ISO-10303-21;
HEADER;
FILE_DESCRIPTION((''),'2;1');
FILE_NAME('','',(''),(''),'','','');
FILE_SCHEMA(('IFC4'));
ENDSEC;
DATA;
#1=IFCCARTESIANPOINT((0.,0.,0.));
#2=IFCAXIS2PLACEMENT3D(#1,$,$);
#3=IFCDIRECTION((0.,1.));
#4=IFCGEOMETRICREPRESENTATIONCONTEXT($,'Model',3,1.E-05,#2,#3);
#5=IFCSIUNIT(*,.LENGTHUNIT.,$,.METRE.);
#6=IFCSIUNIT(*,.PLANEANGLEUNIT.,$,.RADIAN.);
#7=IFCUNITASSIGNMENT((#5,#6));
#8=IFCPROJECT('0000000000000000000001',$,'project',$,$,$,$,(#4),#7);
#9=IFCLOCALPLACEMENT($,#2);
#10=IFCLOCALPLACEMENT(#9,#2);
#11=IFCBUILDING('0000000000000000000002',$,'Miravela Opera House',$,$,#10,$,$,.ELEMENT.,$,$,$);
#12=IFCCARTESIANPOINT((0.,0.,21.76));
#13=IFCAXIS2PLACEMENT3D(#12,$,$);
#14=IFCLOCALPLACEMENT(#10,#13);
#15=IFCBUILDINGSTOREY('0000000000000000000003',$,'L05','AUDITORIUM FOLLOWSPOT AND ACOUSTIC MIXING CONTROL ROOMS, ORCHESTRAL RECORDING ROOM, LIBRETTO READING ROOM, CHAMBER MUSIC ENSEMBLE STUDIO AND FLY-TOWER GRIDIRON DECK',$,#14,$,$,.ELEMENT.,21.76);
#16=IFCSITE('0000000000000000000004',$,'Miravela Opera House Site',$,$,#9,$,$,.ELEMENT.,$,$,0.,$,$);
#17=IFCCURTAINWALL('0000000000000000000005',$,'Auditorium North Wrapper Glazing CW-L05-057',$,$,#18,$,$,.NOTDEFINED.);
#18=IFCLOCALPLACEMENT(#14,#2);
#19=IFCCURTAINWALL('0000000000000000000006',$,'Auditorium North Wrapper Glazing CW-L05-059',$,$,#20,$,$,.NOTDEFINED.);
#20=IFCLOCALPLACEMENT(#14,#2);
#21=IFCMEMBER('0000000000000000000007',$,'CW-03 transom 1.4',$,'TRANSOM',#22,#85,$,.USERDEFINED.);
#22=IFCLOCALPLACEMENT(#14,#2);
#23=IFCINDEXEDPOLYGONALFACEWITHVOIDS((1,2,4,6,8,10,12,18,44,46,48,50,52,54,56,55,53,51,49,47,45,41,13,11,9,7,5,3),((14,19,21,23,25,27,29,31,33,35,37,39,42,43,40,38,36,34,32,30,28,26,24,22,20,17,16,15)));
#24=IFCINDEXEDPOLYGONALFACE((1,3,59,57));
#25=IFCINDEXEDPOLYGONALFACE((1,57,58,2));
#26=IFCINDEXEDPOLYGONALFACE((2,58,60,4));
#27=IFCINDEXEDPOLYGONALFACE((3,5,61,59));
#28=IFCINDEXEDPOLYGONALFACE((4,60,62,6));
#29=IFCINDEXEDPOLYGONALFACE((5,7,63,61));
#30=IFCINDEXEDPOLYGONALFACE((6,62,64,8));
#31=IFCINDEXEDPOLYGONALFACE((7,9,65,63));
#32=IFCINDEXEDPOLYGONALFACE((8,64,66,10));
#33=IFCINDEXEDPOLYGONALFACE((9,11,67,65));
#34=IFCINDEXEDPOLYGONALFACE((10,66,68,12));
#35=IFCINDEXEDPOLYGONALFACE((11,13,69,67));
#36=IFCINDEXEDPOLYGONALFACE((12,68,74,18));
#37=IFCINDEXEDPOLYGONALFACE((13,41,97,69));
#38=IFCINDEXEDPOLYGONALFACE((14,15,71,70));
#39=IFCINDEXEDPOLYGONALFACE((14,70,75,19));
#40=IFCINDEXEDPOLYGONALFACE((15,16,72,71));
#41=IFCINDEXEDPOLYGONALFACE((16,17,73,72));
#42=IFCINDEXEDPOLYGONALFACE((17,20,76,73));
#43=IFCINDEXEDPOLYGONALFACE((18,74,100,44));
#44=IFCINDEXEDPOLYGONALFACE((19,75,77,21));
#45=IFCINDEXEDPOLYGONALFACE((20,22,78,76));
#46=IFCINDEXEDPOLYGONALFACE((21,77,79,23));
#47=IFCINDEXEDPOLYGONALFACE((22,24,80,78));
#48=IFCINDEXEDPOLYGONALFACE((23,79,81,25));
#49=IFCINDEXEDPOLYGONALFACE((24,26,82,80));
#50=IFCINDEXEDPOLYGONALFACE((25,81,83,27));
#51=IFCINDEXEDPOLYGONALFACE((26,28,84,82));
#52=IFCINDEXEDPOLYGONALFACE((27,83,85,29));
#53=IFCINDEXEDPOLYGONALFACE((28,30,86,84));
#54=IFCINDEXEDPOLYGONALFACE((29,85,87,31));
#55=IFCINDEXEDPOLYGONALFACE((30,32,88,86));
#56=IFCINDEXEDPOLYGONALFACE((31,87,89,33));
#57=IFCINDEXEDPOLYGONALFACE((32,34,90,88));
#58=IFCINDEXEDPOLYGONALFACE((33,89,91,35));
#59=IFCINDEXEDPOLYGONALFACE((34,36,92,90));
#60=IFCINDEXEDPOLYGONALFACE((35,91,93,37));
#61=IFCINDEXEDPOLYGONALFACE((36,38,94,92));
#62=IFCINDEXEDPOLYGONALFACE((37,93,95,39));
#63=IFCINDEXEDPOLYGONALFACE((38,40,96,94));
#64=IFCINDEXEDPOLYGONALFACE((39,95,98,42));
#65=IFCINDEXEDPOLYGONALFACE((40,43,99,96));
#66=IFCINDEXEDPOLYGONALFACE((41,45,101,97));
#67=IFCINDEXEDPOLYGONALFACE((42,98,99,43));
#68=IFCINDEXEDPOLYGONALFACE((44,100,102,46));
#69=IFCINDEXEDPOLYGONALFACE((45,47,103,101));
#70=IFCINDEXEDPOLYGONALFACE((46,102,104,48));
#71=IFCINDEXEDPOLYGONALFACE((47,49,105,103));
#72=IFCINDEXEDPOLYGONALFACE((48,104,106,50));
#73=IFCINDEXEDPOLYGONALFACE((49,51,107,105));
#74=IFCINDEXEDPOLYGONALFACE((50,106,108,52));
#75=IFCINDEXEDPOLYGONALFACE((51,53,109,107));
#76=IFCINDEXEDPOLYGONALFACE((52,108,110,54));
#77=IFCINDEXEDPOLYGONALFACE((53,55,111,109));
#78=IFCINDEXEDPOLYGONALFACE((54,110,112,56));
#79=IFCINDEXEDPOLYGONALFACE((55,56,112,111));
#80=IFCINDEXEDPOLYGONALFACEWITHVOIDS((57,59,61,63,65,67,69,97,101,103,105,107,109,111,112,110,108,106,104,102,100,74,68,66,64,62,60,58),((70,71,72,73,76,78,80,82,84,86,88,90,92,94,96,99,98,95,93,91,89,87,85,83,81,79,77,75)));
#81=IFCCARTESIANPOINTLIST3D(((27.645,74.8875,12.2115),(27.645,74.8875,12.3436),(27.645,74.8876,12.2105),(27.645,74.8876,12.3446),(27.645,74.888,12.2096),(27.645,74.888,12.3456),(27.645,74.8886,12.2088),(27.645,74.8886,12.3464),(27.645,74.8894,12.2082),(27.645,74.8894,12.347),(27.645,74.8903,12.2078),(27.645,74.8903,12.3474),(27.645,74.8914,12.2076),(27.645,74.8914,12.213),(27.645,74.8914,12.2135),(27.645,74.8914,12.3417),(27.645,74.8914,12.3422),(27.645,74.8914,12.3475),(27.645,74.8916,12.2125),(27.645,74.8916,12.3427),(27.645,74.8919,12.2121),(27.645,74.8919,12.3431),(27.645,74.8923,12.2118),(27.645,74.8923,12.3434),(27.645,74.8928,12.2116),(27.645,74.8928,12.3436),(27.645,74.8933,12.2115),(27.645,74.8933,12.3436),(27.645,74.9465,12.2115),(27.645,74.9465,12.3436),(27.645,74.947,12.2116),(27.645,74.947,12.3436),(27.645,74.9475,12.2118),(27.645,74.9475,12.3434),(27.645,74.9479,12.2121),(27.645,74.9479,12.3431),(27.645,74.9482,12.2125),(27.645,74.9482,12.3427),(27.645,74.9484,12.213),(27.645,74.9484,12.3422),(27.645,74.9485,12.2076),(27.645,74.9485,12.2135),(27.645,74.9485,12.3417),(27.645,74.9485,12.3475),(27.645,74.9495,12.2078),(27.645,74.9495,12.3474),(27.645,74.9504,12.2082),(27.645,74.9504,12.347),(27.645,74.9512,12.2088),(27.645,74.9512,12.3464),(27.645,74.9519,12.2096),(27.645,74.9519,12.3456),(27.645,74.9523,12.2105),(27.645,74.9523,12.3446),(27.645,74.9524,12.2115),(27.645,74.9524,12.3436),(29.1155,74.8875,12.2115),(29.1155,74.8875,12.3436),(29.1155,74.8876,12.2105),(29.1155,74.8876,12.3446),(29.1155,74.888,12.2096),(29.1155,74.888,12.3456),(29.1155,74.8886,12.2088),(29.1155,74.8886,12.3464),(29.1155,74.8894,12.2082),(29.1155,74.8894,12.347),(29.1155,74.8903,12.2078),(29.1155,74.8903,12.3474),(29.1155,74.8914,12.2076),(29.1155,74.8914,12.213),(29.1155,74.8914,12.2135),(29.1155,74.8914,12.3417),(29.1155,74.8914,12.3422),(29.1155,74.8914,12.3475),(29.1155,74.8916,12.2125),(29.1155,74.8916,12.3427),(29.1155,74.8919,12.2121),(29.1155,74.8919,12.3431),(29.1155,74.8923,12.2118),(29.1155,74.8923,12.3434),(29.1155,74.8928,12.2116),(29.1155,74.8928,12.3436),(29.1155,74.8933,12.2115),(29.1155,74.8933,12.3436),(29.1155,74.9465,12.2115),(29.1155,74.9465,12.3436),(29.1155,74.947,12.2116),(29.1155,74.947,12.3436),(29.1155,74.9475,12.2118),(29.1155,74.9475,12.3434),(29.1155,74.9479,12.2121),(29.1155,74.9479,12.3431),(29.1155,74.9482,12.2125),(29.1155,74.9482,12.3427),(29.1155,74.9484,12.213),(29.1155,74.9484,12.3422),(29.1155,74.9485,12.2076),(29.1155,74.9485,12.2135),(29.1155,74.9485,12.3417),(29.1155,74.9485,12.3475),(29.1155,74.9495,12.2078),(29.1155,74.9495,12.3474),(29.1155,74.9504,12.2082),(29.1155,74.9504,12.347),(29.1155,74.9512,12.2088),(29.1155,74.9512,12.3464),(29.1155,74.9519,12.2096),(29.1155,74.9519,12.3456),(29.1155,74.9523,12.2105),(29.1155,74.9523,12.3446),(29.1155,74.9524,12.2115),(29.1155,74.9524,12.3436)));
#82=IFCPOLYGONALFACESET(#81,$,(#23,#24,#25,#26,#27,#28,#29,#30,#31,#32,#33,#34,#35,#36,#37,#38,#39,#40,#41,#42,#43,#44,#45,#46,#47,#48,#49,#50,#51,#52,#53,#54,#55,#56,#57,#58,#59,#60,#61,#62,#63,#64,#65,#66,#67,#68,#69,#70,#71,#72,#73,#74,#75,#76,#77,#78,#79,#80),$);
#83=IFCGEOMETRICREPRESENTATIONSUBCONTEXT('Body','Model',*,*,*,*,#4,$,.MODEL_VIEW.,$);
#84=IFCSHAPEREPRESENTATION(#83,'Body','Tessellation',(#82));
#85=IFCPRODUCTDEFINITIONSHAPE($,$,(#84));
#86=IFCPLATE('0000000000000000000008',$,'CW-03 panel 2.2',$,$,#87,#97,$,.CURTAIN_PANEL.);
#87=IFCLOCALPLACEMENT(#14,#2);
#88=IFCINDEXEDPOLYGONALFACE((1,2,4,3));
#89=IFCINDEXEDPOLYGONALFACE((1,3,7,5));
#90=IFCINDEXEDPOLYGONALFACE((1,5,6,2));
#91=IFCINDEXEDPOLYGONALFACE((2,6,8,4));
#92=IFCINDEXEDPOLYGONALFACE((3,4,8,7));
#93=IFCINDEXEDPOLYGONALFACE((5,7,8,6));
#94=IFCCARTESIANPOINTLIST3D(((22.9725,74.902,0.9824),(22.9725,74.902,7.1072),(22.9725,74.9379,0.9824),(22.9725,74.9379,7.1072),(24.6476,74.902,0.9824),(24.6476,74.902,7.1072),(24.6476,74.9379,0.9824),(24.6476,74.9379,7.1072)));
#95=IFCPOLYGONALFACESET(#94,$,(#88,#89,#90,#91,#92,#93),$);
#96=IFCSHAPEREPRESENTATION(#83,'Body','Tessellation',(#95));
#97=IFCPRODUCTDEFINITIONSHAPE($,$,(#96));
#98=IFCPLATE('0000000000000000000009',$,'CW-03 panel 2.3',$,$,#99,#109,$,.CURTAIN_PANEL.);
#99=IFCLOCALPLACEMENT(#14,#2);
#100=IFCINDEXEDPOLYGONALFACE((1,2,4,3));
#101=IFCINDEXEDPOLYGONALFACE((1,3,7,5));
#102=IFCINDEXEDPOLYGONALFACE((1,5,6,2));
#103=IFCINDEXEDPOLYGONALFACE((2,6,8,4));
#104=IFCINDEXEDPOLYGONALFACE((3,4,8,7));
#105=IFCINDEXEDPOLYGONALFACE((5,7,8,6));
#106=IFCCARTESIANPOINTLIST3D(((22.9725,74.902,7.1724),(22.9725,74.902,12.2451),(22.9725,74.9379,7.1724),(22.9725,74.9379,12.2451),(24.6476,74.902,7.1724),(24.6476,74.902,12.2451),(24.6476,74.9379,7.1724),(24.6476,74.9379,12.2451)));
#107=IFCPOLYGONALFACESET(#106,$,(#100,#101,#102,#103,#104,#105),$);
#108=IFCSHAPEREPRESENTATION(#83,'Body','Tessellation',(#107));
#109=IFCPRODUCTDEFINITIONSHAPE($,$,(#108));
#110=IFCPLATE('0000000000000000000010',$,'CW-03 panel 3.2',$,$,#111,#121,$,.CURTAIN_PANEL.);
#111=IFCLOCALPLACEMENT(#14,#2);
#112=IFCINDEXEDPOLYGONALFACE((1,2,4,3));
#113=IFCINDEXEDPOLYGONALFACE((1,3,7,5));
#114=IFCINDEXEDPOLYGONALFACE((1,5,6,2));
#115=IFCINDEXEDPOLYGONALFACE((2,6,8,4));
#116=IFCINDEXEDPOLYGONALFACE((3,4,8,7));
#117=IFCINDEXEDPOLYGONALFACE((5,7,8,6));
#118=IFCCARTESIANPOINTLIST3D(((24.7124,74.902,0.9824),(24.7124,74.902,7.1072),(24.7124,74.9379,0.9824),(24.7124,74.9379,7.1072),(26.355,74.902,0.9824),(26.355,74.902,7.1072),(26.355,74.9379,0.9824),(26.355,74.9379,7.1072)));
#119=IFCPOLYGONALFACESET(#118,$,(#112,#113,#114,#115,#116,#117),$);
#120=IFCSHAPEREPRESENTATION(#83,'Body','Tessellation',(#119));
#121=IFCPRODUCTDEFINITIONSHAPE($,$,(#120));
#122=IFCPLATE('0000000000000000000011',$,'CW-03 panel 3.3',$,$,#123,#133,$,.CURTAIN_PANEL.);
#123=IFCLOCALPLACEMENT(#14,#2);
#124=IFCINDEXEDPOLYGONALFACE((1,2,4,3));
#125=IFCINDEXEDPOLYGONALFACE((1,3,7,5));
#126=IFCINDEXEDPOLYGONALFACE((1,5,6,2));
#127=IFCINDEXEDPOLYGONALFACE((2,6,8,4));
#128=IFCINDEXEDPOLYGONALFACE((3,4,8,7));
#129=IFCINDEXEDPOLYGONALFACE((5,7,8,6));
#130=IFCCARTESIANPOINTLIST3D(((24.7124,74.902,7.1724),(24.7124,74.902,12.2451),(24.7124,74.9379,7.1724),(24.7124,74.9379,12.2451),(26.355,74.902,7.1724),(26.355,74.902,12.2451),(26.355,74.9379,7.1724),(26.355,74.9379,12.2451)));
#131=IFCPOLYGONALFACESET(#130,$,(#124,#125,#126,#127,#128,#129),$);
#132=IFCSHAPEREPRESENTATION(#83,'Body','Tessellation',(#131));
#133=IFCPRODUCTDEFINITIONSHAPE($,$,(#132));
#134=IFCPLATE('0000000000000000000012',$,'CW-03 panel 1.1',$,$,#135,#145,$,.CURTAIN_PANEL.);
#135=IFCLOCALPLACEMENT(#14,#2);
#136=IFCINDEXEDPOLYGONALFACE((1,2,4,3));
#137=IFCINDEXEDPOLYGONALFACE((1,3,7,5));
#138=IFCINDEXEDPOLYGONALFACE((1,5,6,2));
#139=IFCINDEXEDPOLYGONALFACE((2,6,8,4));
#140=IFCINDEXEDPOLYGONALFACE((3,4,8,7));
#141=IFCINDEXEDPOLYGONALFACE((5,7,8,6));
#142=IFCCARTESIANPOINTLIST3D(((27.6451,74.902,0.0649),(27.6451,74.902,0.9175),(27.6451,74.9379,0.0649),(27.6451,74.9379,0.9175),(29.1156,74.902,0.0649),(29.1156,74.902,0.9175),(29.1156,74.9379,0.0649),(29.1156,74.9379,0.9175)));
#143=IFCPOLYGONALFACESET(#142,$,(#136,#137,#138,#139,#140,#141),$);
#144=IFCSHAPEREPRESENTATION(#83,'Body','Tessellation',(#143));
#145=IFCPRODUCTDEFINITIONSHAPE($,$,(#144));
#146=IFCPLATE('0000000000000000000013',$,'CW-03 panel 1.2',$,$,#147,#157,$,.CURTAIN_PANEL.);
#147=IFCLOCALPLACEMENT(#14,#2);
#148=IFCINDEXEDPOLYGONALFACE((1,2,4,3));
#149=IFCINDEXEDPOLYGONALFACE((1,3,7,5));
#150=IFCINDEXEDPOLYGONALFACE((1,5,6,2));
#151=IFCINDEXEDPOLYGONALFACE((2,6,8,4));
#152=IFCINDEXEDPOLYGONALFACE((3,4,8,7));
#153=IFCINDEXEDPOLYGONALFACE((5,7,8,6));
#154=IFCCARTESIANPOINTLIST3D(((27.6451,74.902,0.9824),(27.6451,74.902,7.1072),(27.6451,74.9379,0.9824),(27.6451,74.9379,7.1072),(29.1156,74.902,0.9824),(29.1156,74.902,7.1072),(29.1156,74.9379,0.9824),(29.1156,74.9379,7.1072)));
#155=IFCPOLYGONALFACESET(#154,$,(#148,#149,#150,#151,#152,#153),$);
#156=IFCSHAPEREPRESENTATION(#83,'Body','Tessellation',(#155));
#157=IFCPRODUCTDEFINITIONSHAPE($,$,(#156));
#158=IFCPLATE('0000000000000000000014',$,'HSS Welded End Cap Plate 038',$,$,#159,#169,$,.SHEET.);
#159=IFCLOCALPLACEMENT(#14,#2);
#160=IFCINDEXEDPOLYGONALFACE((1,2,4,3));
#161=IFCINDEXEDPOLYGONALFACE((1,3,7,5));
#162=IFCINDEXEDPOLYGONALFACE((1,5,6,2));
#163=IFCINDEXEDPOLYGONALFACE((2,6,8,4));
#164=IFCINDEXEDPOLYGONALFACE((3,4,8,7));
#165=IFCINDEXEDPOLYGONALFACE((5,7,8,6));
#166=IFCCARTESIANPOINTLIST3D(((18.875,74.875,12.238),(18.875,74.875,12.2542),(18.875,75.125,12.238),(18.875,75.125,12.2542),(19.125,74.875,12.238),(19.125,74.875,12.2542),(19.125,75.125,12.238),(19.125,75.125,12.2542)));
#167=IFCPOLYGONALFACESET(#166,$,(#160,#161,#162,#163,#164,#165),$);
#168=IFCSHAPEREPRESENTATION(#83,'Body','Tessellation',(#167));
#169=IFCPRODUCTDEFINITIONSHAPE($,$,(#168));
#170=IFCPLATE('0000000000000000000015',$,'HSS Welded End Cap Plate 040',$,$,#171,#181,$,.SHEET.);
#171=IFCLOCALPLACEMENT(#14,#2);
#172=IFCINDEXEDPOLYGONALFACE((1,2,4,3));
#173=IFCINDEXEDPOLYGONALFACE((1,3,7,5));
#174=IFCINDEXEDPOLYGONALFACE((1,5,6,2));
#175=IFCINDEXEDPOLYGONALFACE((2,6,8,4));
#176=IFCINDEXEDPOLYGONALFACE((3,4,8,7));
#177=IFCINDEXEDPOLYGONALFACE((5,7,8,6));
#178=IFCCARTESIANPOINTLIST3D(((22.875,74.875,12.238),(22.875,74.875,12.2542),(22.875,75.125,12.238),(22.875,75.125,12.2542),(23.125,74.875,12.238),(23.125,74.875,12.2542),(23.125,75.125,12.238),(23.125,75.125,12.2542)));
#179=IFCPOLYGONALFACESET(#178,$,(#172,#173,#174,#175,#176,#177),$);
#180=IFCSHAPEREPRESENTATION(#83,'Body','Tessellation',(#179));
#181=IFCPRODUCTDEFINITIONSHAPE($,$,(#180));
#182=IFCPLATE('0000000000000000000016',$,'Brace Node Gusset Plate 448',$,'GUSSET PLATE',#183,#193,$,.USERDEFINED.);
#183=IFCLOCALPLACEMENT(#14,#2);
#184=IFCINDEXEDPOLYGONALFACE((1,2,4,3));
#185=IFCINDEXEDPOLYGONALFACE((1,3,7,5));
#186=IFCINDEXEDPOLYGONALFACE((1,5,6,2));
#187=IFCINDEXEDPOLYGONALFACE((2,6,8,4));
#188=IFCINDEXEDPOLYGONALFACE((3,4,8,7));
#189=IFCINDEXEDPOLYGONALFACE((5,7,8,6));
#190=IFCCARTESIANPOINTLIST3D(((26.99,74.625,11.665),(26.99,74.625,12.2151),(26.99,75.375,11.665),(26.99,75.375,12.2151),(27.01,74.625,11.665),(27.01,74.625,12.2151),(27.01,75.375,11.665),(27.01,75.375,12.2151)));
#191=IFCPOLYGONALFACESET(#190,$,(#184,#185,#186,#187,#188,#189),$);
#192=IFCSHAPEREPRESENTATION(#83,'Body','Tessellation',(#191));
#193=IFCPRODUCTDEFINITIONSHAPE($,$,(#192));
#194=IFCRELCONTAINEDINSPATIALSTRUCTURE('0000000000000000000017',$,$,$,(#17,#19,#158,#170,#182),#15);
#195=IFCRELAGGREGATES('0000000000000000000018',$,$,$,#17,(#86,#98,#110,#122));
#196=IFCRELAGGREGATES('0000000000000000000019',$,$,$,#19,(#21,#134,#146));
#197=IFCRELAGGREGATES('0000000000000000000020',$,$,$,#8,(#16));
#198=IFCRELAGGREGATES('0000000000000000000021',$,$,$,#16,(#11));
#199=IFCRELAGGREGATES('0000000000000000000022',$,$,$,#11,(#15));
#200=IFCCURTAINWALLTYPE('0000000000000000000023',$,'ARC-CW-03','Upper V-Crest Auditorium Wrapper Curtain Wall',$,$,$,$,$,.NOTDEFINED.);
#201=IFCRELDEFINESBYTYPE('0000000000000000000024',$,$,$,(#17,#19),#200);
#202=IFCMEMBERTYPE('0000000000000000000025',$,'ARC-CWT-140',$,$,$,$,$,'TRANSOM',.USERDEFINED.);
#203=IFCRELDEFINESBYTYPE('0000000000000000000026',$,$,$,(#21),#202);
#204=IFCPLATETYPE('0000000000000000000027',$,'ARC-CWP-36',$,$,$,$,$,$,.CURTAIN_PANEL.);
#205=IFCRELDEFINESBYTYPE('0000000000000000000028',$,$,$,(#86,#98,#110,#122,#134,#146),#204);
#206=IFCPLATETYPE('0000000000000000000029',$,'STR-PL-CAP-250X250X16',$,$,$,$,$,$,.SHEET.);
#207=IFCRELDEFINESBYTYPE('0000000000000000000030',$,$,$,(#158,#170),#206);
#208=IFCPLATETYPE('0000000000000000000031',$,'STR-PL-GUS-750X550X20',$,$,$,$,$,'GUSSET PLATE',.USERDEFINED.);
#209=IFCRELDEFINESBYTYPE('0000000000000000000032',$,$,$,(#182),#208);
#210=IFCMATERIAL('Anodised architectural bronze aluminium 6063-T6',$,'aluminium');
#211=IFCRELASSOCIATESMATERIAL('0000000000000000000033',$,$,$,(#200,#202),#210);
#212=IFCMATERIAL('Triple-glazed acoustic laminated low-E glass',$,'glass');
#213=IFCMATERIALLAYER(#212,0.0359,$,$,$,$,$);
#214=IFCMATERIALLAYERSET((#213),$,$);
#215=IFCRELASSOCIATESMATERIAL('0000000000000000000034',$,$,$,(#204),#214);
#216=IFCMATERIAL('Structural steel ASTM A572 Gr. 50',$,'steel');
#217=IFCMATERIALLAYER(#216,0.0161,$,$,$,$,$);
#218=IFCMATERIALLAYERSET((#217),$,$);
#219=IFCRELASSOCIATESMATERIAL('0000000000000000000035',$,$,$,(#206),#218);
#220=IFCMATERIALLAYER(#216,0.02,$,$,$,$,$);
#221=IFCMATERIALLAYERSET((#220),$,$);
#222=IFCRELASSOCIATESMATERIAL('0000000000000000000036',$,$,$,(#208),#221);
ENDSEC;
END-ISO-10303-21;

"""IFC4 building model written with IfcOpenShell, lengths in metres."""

from ifc_helpers import new_model, si_unit, direction, frame, origin, origin_2d, place, context, subcontext, project, spatial, rectangle, hollow_rectangle, extrude, material, layer, layer_set, material_profile, profile_set, type_object, element, aggregate, save


model = new_model("IFC4")

# Units and contexts
model_context = context("Model", 3, precision=1e-05, world=origin(), true_north=direction((0.0, 1.0)))
body_context = subcontext(model_context, "Body", "Model", "MODEL_VIEW")
ifc_project = project(units=[si_unit("LENGTHUNIT", "METRE"), si_unit("PLANEANGLEUNIT", "RADIAN")], contexts=[model_context])

# Site, building, storey
site_placement = place(None, origin())
site = spatial("IfcSite", under=ifc_project, at=site_placement, Name="Miravela Opera House Site", CompositionType="ELEMENT", RefElevation=0.0)
building_placement = place(site_placement, origin())
building = spatial("IfcBuilding", under=site, at=building_placement, Name="Miravela Opera House", CompositionType="ELEMENT")
storey_placement = place(building_placement, frame((0.0, 0.0, 21.76)))
storey = spatial("IfcBuildingStorey", under=building, at=storey_placement, Name="L05", Description="AUDITORIUM FOLLOWSPOT AND ACOUSTIC MIXING CONTROL ROOMS, ORCHESTRAL RECORDING ROOM, LIBRETTO READING ROOM, CHAMBER MUSIC ENSEMBLE STUDIO AND FLY-TOWER GRIDIRON DECK", CompositionType="ELEMENT", Elevation=21.76)

# Curtain walls, member
ifc_material_1 = material(Name="Anodised architectural bronze aluminium 6063-T6", Category="aluminium")
curtain_wall_type = type_object("IfcCurtainWallType", Name="ARC-CW-03", Description="Upper V-Crest Auditorium Wrapper Curtain Wall", PredefinedType="NOTDEFINED", material=ifc_material_1)
curtain_wall_1_placement = place(storey_placement, origin())
curtain_wall_1 = element("IfcCurtainWall", 1, at=curtain_wall_1_placement, inside=storey, type_object=curtain_wall_type, Name="Auditorium North Wrapper Glazing CW-L05-057", PredefinedType="NOTDEFINED")
ifc_material_profile = material_profile(ifc_material_1, hollow_rectangle(XDim=0.0649, YDim=0.1399, WallThickness=0.0039, InnerFilletRadius=0.002, OuterFilletRadius=0.0039, at=origin_2d()), Name="CWT-65X140")
ifc_profile_set = profile_set([ifc_material_profile])
member_type = type_object("IfcMemberType", Name="ARC-CWT-140", ElementType="TRANSOM", PredefinedType="USERDEFINED", material=ifc_profile_set)
curtain_wall_2_placement = place(storey_placement, origin())
curtain_wall_2 = element("IfcCurtainWall", 2, at=curtain_wall_2_placement, inside=storey, type_object=curtain_wall_type, Name="Auditorium North Wrapper Glazing CW-L05-059", PredefinedType="NOTDEFINED")
member_1_placement = place(storey_placement, frame((27.645, 74.9199, 12.2776), z_axis=(1.0, 0.0, 0.0), x_axis=(0.0, 1.0, 0.0)))
member_1 = element("IfcMember", 3, at=member_1_placement, type_object=member_type, Name="CW-03 transom 1.4", ObjectType="TRANSOM", PredefinedType="USERDEFINED", context=body_context, shape_type="SweptSolid", body=[
    extrude(hollow_rectangle(XDim=0.0649, YDim=0.1399, WallThickness=0.0039, InnerFilletRadius=0.002, OuterFilletRadius=0.0039, at=origin_2d()), origin(), (0.0, 0.0, 1.0), 1.4705),
])

# Plates
ifc_material_2 = material(Name="Triple-glazed acoustic laminated low-E glass", Category="glass")
ifc_layer_1 = layer(ifc_material_2, 0.0359)
ifc_layer_set_1 = layer_set([ifc_layer_1])
plate_type_1 = type_object("IfcPlateType", Name="ARC-CWP-36", PredefinedType="CURTAIN_PANEL", material=ifc_layer_set_1)
plate_1_placement = place(storey_placement, frame((23.8101, 74.9199, 0.9824), z_axis=(0.0, 0.0, 1.0), x_axis=(1.0, 0.0, 0.0)))
plate_1 = element("IfcPlate", 4, at=plate_1_placement, type_object=plate_type_1, Name="CW-03 panel 2.2", PredefinedType="CURTAIN_PANEL", context=body_context, shape_type="SweptSolid", body=[
    extrude(rectangle(XDim=1.675, YDim=0.0359, at=origin_2d()), origin(), (0.0, 0.0, 1.0), 6.1248),
])
plate_2_placement = place(storey_placement, frame((23.8101, 74.9199, 7.1724), z_axis=(0.0, 0.0, 1.0), x_axis=(1.0, 0.0, 0.0)))
plate_2 = element("IfcPlate", 5, at=plate_2_placement, type_object=plate_type_1, Name="CW-03 panel 2.3", PredefinedType="CURTAIN_PANEL", context=body_context, shape_type="SweptSolid", body=[
    extrude(rectangle(XDim=1.675, YDim=0.0359, at=origin_2d()), origin(), (0.0, 0.0, 1.0), 5.0728),
])
plate_3_placement = place(storey_placement, frame((25.5337, 74.9199, 0.9824), z_axis=(0.0, 0.0, 1.0), x_axis=(1.0, 0.0, 0.0)))
plate_3 = element("IfcPlate", 6, at=plate_3_placement, type_object=plate_type_1, Name="CW-03 panel 3.2", PredefinedType="CURTAIN_PANEL", context=body_context, shape_type="SweptSolid", body=[
    extrude(rectangle(XDim=1.6426, YDim=0.0359, at=origin_2d()), origin(), (0.0, 0.0, 1.0), 6.1248),
])
plate_4_placement = place(storey_placement, frame((25.5337, 74.9199, 7.1724), z_axis=(0.0, 0.0, 1.0), x_axis=(1.0, 0.0, 0.0)))
plate_4 = element("IfcPlate", 7, at=plate_4_placement, type_object=plate_type_1, Name="CW-03 panel 3.3", PredefinedType="CURTAIN_PANEL", context=body_context, shape_type="SweptSolid", body=[
    extrude(rectangle(XDim=1.6426, YDim=0.0359, at=origin_2d()), origin(), (0.0, 0.0, 1.0), 5.0728),
])
aggregate(curtain_wall_1, [plate_1, plate_2, plate_3, plate_4])
plate_5_placement = place(storey_placement, frame((28.3804, 74.9199, 0.0649), z_axis=(0.0, 0.0, 1.0), x_axis=(1.0, 0.0, 0.0)))
plate_5 = element("IfcPlate", 8, at=plate_5_placement, type_object=plate_type_1, Name="CW-03 panel 1.1", PredefinedType="CURTAIN_PANEL", context=body_context, shape_type="SweptSolid", body=[
    extrude(rectangle(XDim=1.4705, YDim=0.0359, at=origin_2d()), origin(), (0.0, 0.0, 1.0), 0.8525),
])
plate_6_placement = place(storey_placement, frame((28.3804, 74.9199, 0.9824), z_axis=(0.0, 0.0, 1.0), x_axis=(1.0, 0.0, 0.0)))
plate_6 = element("IfcPlate", 9, at=plate_6_placement, type_object=plate_type_1, Name="CW-03 panel 1.2", PredefinedType="CURTAIN_PANEL", context=body_context, shape_type="SweptSolid", body=[
    extrude(rectangle(XDim=1.4705, YDim=0.0359, at=origin_2d()), origin(), (0.0, 0.0, 1.0), 6.1248),
])
aggregate(curtain_wall_2, [member_1, plate_5, plate_6])

# Plates
ifc_material_3 = material(Name="Structural steel ASTM A572 Gr. 50", Category="steel")
ifc_layer_2 = layer(ifc_material_3, 0.0161)
ifc_layer_set_2 = layer_set([ifc_layer_2])
plate_type_2 = type_object("IfcPlateType", Name="STR-PL-CAP-250X250X16", PredefinedType="SHEET", material=ifc_layer_set_2)
for number, where, z_axis, x_axis, name in (
    (10, (19.0, 75.0, 12.238), (0.0, 0.0, 1.0), (1.0, 0.0, 0.0), "HSS Welded End Cap Plate 038"),
    (11, (23.0, 75.0, 12.238), (0.0, 0.0, 1.0), (1.0, 0.0, 0.0), "HSS Welded End Cap Plate 040"),
):
    element("IfcPlate", number, at=place(storey_placement, frame(where, z_axis=z_axis, x_axis=x_axis)), inside=storey, type_object=plate_type_2, Name=name, PredefinedType="SHEET", context=body_context, shape_type="SweptSolid", body=[
        extrude(rectangle(XDim=0.25, YDim=0.25, at=origin_2d()), origin(), (0.0, 0.0, 1.0), 0.0161),
    ])
ifc_layer_3 = layer(ifc_material_3, 0.02)
ifc_layer_set_3 = layer_set([ifc_layer_3])
plate_type_3 = type_object("IfcPlateType", Name="STR-PL-GUS-750X550X20", ElementType="GUSSET PLATE", PredefinedType="USERDEFINED", material=ifc_layer_set_3)
plate_7_placement = place(storey_placement, frame((27.0, 75.0, 11.665), z_axis=(0.0, 0.0, 1.0), x_axis=(0.0, 1.0, 0.0)))
element("IfcPlate", 12, at=plate_7_placement, inside=storey, type_object=plate_type_3, Name="Brace Node Gusset Plate 448", ObjectType="GUSSET PLATE", PredefinedType="USERDEFINED", context=body_context, shape_type="SweptSolid", body=[
    extrude(rectangle(XDim=0.75, YDim=0.02, at=origin_2d()), origin(), (0.0, 0.0, 1.0), 0.55),
])

save(model, "model.ifc")
